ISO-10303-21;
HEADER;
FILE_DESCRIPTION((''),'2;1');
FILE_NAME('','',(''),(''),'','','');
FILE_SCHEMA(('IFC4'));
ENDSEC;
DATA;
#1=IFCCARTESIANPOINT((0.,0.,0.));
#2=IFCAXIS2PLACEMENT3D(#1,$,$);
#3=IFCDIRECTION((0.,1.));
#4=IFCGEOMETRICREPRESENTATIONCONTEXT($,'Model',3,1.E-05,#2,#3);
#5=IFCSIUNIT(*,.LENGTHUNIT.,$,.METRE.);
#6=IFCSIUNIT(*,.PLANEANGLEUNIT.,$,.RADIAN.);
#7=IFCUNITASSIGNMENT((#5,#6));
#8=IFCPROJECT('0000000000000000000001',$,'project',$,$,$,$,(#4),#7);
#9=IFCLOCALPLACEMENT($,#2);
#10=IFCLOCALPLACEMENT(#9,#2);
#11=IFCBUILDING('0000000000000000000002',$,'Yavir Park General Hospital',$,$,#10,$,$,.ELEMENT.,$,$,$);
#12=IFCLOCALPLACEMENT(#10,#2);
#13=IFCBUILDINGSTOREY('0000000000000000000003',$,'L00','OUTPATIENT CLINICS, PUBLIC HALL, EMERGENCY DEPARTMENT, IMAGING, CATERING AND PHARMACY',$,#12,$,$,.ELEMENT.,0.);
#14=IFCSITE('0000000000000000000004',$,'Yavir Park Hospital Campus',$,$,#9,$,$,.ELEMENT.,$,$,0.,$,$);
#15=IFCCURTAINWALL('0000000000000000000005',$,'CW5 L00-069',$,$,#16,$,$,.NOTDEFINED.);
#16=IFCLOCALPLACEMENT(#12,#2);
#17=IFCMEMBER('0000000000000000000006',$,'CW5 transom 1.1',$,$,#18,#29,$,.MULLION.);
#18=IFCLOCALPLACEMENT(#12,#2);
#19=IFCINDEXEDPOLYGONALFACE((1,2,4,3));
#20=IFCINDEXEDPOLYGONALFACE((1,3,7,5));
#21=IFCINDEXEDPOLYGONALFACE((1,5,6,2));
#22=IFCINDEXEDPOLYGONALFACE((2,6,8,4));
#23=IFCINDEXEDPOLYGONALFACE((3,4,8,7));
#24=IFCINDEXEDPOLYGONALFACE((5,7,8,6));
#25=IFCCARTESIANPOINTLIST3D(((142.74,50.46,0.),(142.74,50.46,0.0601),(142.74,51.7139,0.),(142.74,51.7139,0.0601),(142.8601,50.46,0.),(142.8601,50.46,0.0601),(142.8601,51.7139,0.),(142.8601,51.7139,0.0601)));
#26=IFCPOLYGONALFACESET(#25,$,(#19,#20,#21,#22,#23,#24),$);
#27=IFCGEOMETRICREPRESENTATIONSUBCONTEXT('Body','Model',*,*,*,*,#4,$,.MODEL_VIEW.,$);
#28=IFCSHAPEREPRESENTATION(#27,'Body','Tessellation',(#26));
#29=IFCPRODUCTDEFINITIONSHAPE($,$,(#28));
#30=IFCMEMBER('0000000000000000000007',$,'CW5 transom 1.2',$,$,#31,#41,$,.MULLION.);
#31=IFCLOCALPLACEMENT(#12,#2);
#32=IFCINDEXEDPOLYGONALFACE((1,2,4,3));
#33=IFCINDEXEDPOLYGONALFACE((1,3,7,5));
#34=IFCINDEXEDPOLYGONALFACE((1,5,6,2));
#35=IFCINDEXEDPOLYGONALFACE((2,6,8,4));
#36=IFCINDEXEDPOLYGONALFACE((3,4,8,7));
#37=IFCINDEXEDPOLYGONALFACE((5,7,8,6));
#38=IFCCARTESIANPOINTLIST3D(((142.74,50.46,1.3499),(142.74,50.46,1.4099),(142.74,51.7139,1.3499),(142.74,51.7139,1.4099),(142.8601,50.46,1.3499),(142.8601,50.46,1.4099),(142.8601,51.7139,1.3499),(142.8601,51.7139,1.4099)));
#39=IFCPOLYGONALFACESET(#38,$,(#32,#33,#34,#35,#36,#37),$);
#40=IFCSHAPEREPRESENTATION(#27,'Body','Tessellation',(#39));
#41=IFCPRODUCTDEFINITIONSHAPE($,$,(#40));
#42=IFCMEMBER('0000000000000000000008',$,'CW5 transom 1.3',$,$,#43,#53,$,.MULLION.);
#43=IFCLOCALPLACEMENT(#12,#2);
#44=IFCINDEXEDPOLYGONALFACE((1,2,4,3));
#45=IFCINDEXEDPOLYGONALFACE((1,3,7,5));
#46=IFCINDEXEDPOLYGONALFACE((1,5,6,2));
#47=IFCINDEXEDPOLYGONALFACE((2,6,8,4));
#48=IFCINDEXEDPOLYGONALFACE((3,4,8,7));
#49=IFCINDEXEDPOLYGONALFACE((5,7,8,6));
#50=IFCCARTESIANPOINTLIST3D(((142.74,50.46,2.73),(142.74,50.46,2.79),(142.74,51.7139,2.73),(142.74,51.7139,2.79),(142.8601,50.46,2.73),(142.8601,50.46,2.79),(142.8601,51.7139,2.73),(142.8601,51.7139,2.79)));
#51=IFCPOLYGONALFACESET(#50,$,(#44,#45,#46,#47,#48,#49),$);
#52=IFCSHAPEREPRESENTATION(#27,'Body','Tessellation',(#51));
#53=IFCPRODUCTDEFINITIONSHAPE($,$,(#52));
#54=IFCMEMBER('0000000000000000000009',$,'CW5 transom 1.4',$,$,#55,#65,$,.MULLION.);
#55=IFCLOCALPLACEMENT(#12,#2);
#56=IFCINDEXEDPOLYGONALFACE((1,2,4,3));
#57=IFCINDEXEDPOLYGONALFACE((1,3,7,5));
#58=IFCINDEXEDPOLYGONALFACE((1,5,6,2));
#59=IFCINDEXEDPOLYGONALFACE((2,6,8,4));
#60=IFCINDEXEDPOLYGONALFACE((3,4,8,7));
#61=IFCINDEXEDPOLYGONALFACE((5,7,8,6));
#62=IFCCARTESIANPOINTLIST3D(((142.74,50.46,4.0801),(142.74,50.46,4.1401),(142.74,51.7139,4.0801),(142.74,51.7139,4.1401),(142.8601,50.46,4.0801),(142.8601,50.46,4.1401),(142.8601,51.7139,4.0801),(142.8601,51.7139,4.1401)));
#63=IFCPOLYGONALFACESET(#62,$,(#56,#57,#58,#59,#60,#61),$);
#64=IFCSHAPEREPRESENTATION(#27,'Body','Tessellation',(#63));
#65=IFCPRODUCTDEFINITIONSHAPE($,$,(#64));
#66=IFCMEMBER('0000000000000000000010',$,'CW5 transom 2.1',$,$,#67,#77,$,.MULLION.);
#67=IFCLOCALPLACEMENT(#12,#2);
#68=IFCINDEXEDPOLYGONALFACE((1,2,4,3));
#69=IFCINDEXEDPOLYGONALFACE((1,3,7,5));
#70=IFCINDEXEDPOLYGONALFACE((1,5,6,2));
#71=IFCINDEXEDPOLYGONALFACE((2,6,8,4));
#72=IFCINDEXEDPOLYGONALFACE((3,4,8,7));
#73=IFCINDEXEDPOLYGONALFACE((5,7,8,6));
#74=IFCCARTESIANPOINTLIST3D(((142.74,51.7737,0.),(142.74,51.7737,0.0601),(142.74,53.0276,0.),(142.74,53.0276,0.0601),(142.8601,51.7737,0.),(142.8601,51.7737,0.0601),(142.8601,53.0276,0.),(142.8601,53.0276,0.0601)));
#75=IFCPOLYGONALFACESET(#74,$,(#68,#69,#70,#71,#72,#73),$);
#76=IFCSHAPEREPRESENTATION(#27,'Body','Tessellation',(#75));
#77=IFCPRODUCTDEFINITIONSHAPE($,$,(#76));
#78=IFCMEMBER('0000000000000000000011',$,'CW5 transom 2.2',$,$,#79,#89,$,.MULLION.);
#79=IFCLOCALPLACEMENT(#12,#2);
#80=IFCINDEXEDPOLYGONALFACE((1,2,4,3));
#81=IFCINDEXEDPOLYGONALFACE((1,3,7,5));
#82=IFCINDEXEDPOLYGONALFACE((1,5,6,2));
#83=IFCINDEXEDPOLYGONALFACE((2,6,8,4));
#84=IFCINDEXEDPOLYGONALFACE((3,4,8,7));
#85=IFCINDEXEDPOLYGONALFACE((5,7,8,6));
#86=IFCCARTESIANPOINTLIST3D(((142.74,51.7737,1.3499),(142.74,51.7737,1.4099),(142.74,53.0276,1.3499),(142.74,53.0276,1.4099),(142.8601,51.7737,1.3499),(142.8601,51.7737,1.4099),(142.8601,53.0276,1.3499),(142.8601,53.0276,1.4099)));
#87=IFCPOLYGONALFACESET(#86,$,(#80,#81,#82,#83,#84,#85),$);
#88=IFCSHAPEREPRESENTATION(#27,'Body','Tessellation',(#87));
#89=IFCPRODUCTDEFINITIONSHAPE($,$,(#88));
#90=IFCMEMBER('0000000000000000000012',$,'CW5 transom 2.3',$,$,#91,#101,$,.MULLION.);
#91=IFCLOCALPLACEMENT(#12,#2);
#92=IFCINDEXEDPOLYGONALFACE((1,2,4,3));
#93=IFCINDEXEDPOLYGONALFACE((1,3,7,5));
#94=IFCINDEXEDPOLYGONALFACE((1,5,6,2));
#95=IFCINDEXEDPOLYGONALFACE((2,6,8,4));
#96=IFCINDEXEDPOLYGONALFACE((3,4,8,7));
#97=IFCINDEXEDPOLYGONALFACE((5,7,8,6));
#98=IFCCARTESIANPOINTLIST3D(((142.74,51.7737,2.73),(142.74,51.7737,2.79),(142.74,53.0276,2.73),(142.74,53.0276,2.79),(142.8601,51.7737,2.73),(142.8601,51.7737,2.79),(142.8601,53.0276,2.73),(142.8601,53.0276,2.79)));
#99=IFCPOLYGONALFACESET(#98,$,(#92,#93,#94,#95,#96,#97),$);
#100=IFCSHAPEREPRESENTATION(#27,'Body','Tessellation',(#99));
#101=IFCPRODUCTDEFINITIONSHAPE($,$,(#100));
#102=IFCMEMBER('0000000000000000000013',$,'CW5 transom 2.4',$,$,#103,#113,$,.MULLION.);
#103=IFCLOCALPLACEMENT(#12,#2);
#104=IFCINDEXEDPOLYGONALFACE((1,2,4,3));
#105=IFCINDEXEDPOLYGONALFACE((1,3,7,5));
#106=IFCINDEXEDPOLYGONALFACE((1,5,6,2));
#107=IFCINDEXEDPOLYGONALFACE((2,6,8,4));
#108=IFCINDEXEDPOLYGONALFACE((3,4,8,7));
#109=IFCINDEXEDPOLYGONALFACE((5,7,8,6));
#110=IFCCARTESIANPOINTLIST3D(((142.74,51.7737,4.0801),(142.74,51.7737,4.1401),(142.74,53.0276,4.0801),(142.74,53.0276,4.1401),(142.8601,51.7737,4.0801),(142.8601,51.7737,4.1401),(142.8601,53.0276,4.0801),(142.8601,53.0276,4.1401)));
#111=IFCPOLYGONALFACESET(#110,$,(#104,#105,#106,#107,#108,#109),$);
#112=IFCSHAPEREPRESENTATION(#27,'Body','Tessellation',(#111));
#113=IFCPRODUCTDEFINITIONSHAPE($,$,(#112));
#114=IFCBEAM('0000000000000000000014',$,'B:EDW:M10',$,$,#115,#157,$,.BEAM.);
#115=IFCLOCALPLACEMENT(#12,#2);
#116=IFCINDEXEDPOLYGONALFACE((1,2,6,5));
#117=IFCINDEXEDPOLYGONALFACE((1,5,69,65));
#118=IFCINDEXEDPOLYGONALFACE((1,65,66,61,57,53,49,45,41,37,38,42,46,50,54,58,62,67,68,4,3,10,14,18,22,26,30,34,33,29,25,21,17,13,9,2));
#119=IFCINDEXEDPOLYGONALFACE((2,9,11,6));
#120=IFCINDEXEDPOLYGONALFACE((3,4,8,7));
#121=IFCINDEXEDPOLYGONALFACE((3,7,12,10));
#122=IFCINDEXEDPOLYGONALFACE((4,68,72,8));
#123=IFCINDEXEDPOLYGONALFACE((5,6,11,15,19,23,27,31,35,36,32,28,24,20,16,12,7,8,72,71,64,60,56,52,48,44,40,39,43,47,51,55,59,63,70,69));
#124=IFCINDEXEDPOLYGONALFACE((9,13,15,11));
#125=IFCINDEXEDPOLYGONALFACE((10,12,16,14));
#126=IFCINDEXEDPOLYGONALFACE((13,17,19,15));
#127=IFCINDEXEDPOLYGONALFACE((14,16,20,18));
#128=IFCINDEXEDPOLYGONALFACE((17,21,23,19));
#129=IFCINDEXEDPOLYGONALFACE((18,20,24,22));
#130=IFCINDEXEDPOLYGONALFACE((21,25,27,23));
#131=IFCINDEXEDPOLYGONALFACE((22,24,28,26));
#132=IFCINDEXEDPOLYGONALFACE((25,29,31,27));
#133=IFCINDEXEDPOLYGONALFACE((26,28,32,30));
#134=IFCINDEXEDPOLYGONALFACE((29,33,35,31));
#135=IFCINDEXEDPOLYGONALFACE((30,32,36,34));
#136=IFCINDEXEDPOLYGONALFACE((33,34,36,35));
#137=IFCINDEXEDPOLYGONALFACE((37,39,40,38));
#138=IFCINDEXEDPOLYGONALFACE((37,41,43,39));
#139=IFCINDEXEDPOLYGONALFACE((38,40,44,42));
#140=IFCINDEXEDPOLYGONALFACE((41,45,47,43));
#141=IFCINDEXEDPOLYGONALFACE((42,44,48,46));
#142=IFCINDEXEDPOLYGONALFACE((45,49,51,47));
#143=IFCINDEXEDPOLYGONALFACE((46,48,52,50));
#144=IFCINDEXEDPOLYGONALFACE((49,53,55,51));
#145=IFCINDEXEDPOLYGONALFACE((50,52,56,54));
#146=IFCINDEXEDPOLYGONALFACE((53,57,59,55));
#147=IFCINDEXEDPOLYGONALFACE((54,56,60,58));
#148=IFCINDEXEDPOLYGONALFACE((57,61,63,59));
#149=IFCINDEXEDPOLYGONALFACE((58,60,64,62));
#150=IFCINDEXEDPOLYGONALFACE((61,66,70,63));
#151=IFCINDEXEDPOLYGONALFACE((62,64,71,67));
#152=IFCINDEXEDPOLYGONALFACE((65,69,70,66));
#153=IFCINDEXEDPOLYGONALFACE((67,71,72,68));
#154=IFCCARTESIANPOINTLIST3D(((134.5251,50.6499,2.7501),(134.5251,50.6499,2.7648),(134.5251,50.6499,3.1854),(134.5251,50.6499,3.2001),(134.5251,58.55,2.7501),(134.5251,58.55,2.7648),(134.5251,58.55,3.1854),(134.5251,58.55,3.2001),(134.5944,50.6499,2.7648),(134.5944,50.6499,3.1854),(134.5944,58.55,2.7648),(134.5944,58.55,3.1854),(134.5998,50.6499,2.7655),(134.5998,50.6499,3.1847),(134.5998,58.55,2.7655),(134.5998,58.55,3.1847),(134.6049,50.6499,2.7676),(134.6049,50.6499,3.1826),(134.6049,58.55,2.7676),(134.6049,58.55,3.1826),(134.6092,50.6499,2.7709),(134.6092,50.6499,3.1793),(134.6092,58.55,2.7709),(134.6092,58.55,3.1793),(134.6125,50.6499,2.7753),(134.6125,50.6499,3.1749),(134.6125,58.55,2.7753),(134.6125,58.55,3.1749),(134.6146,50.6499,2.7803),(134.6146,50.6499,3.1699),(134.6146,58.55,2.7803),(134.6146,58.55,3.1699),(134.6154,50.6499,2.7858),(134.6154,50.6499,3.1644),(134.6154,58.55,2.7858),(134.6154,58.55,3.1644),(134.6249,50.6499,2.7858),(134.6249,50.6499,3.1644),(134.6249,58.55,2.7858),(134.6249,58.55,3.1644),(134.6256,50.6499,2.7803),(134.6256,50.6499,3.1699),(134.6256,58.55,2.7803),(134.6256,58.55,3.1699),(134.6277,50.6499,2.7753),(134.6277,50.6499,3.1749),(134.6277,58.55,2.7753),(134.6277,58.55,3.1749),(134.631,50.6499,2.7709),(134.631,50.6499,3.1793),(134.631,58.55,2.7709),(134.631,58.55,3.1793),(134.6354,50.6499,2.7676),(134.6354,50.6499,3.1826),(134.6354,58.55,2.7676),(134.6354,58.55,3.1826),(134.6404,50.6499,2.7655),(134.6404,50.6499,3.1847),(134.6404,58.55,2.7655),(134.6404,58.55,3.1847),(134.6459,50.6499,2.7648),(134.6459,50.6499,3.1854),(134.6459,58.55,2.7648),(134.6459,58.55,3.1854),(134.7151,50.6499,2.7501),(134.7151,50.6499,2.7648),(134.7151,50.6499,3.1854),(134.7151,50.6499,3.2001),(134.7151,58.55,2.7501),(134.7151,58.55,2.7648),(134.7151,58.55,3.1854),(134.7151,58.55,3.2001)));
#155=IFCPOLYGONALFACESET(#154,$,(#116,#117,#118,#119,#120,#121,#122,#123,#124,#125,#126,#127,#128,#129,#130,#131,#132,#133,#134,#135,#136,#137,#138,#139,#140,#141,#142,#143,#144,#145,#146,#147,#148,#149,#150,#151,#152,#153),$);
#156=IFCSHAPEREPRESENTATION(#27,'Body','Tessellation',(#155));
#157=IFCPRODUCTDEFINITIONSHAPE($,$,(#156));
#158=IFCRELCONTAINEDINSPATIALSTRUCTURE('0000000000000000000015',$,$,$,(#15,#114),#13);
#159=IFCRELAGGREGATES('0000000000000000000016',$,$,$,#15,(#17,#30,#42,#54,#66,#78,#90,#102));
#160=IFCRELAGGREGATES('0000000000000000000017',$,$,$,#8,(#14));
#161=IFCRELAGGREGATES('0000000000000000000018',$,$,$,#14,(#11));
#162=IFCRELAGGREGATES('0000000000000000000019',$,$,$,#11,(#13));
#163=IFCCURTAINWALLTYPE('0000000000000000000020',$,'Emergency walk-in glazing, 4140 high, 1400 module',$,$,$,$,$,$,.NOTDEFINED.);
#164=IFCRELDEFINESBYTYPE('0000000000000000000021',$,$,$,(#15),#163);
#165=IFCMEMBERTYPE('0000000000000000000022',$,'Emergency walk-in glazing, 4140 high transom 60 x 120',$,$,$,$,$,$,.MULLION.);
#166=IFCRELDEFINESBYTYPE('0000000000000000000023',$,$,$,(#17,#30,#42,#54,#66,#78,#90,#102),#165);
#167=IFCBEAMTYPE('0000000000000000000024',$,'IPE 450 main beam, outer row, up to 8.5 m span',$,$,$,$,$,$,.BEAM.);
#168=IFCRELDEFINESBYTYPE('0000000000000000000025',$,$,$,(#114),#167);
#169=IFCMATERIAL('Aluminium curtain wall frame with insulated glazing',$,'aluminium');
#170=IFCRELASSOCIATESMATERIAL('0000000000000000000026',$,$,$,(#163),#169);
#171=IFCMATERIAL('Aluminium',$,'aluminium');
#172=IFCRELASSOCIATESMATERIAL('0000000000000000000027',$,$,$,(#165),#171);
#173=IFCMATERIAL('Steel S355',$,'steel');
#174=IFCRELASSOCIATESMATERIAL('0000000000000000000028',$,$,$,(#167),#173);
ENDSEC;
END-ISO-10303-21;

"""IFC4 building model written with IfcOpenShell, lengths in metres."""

from ifc_helpers import new_model, si_unit, direction, frame, origin, origin_2d, place, context, subcontext, project, spatial, rectangle, i_section, extrude, material, material_profile, profile_set, type_object, element, aggregate, save


model = new_model("IFC4")

# Units and contexts
model_context = context("Model", 3, precision=1e-05, world=origin(), true_north=direction((0.0, 1.0)))
body_context = subcontext(model_context, "Body", "Model", "MODEL_VIEW")
ifc_project = project(units=[si_unit("LENGTHUNIT", "METRE"), si_unit("PLANEANGLEUNIT", "RADIAN")], contexts=[model_context])

# Site, building, storey
site_placement = place(None, origin())
site = spatial("IfcSite", under=ifc_project, at=site_placement, Name="Yavir Park Hospital Campus", CompositionType="ELEMENT", RefElevation=0.0)
building_placement = place(site_placement, origin())
building = spatial("IfcBuilding", under=site, at=building_placement, Name="Yavir Park General Hospital", CompositionType="ELEMENT")
storey_placement = place(building_placement, origin())
storey = spatial("IfcBuildingStorey", under=building, at=storey_placement, Name="L00", Description="OUTPATIENT CLINICS, PUBLIC HALL, EMERGENCY DEPARTMENT, IMAGING, CATERING AND PHARMACY", CompositionType="ELEMENT", Elevation=0.0)

# Curtain wall, members
ifc_material_1 = material(Name="Aluminium curtain wall frame with insulated glazing", Category="aluminium")
curtain_wall_type = type_object("IfcCurtainWallType", Name="Emergency walk-in glazing, 4140 high, 1400 module", PredefinedType="NOTDEFINED", material=ifc_material_1)
curtain_wall_placement = place(storey_placement, origin())
curtain_wall = element("IfcCurtainWall", 1, at=curtain_wall_placement, inside=storey, type_object=curtain_wall_type, Name="CW5 L00-069", PredefinedType="NOTDEFINED")
ifc_material_2 = material(Name="Aluminium", Category="aluminium")
ifc_material_profile_1 = material_profile(ifc_material_2, rectangle(XDim=0.1201, YDim=0.0601, at=origin_2d()), Name="AL 120x60")
ifc_profile_set_1 = profile_set([ifc_material_profile_1], Name="Aluminium")
member_type_1 = type_object("IfcMemberType", Name="Emergency walk-in glazing, 4140 high transom 60 x 120", PredefinedType="MULLION", material=ifc_profile_set_1)
member_1_placement = place(storey_placement, frame((142.8, 50.46, 0.03), z_axis=(0.0, 1.0, 0.0), x_axis=(-1.0, 0.0, 0.0)))
member_1 = element("IfcMember", 2, at=member_1_placement, type_object=member_type_1, Name="CW5 transom 1.1", PredefinedType="MULLION", context=body_context, shape_type="SweptSolid", body=[
    extrude(rectangle(XDim=0.1201, YDim=0.0601, at=origin_2d()), origin(), (0.0, 0.0, 1.0), 1.2539),
])
member_2_placement = place(storey_placement, frame((142.8, 50.46, 1.3799), z_axis=(0.0, 1.0, 0.0), x_axis=(-1.0, 0.0, 0.0)))
member_2 = element("IfcMember", 3, at=member_2_placement, type_object=member_type_1, Name="CW5 transom 1.2", PredefinedType="MULLION", context=body_context, shape_type="SweptSolid", body=[
    extrude(rectangle(XDim=0.1201, YDim=0.0601, at=origin_2d()), origin(), (0.0, 0.0, 1.0), 1.2539),
])
member_3_placement = place(storey_placement, frame((142.8, 50.46, 2.76), z_axis=(0.0, 1.0, 0.0), x_axis=(-1.0, 0.0, 0.0)))
member_3 = element("IfcMember", 4, at=member_3_placement, type_object=member_type_1, Name="CW5 transom 1.3", PredefinedType="MULLION", context=body_context, shape_type="SweptSolid", body=[
    extrude(rectangle(XDim=0.1201, YDim=0.0601, at=origin_2d()), origin(), (0.0, 0.0, 1.0), 1.2539),
])
member_4_placement = place(storey_placement, frame((142.8, 50.46, 4.1101), z_axis=(0.0, 1.0, 0.0), x_axis=(-1.0, 0.0, 0.0)))
member_4 = element("IfcMember", 5, at=member_4_placement, type_object=member_type_1, Name="CW5 transom 1.4", PredefinedType="MULLION", context=body_context, shape_type="SweptSolid", body=[
    extrude(rectangle(XDim=0.1201, YDim=0.0601, at=origin_2d()), origin(), (0.0, 0.0, 1.0), 1.2539),
])
member_5_placement = place(storey_placement, frame((142.8, 51.7737, 0.03), z_axis=(0.0, 1.0, 0.0), x_axis=(-1.0, 0.0, 0.0)))
member_5 = element("IfcMember", 6, at=member_5_placement, type_object=member_type_1, Name="CW5 transom 2.1", PredefinedType="MULLION", context=body_context, shape_type="SweptSolid", body=[
    extrude(rectangle(XDim=0.1201, YDim=0.0601, at=origin_2d()), origin(), (0.0, 0.0, 1.0), 1.2539),
])
member_6_placement = place(storey_placement, frame((142.8, 51.7737, 1.3799), z_axis=(0.0, 1.0, 0.0), x_axis=(-1.0, 0.0, 0.0)))
member_6 = element("IfcMember", 7, at=member_6_placement, type_object=member_type_1, Name="CW5 transom 2.2", PredefinedType="MULLION", context=body_context, shape_type="SweptSolid", body=[
    extrude(rectangle(XDim=0.1201, YDim=0.0601, at=origin_2d()), origin(), (0.0, 0.0, 1.0), 1.2539),
])
member_7_placement = place(storey_placement, frame((142.8, 51.7737, 2.76), z_axis=(0.0, 1.0, 0.0), x_axis=(-1.0, 0.0, 0.0)))
member_7 = element("IfcMember", 8, at=member_7_placement, type_object=member_type_1, Name="CW5 transom 2.3", PredefinedType="MULLION", context=body_context, shape_type="SweptSolid", body=[
    extrude(rectangle(XDim=0.1201, YDim=0.0601, at=origin_2d()), origin(), (0.0, 0.0, 1.0), 1.2539),
])
member_8_placement = place(storey_placement, frame((142.8, 51.7737, 4.1101), z_axis=(0.0, 1.0, 0.0), x_axis=(-1.0, 0.0, 0.0)))
member_8 = element("IfcMember", 9, at=member_8_placement, type_object=member_type_1, Name="CW5 transom 2.4", PredefinedType="MULLION", context=body_context, shape_type="SweptSolid", body=[
    extrude(rectangle(XDim=0.1201, YDim=0.0601, at=origin_2d()), origin(), (0.0, 0.0, 1.0), 1.2539),
])

# Beam
ifc_material_3 = material(Name="Steel S355", Category="steel")
ifc_material_profile_2 = material_profile(ifc_material_3, i_section(OverallWidth=0.1899, OverallDepth=0.45, WebThickness=0.0095, FlangeThickness=0.0146, FilletRadius=0.021, at=origin_2d()), Name="IPE450")
ifc_profile_set_2 = profile_set([ifc_material_profile_2], Name="Steel S355")
beam_type_1 = type_object("IfcBeamType", Name="IPE 450 main beam, outer row, up to 8.5 m span", PredefinedType="BEAM", material=ifc_profile_set_2)
beam_1_placement = place(storey_placement, frame((134.6201, 50.6499, 2.9751), z_axis=(0.0, 1.0, 0.0), x_axis=(-1.0, 0.0, 0.0)))
element("IfcBeam", 10, at=beam_1_placement, inside=storey, type_object=beam_type_1, Name="B:EDW:M10", PredefinedType="BEAM", context=body_context, shape_type="SweptSolid", body=[
    extrude(i_section(OverallWidth=0.1899, OverallDepth=0.45, WebThickness=0.0095, FlangeThickness=0.0146, FilletRadius=0.021, at=origin_2d()), origin(), (0.0, 0.0, 1.0), 7.9001),
])

aggregate(curtain_wall, [member_1, member_2, member_3, member_4, member_5, member_6, member_7, member_8])

save(model, "model.ifc")
